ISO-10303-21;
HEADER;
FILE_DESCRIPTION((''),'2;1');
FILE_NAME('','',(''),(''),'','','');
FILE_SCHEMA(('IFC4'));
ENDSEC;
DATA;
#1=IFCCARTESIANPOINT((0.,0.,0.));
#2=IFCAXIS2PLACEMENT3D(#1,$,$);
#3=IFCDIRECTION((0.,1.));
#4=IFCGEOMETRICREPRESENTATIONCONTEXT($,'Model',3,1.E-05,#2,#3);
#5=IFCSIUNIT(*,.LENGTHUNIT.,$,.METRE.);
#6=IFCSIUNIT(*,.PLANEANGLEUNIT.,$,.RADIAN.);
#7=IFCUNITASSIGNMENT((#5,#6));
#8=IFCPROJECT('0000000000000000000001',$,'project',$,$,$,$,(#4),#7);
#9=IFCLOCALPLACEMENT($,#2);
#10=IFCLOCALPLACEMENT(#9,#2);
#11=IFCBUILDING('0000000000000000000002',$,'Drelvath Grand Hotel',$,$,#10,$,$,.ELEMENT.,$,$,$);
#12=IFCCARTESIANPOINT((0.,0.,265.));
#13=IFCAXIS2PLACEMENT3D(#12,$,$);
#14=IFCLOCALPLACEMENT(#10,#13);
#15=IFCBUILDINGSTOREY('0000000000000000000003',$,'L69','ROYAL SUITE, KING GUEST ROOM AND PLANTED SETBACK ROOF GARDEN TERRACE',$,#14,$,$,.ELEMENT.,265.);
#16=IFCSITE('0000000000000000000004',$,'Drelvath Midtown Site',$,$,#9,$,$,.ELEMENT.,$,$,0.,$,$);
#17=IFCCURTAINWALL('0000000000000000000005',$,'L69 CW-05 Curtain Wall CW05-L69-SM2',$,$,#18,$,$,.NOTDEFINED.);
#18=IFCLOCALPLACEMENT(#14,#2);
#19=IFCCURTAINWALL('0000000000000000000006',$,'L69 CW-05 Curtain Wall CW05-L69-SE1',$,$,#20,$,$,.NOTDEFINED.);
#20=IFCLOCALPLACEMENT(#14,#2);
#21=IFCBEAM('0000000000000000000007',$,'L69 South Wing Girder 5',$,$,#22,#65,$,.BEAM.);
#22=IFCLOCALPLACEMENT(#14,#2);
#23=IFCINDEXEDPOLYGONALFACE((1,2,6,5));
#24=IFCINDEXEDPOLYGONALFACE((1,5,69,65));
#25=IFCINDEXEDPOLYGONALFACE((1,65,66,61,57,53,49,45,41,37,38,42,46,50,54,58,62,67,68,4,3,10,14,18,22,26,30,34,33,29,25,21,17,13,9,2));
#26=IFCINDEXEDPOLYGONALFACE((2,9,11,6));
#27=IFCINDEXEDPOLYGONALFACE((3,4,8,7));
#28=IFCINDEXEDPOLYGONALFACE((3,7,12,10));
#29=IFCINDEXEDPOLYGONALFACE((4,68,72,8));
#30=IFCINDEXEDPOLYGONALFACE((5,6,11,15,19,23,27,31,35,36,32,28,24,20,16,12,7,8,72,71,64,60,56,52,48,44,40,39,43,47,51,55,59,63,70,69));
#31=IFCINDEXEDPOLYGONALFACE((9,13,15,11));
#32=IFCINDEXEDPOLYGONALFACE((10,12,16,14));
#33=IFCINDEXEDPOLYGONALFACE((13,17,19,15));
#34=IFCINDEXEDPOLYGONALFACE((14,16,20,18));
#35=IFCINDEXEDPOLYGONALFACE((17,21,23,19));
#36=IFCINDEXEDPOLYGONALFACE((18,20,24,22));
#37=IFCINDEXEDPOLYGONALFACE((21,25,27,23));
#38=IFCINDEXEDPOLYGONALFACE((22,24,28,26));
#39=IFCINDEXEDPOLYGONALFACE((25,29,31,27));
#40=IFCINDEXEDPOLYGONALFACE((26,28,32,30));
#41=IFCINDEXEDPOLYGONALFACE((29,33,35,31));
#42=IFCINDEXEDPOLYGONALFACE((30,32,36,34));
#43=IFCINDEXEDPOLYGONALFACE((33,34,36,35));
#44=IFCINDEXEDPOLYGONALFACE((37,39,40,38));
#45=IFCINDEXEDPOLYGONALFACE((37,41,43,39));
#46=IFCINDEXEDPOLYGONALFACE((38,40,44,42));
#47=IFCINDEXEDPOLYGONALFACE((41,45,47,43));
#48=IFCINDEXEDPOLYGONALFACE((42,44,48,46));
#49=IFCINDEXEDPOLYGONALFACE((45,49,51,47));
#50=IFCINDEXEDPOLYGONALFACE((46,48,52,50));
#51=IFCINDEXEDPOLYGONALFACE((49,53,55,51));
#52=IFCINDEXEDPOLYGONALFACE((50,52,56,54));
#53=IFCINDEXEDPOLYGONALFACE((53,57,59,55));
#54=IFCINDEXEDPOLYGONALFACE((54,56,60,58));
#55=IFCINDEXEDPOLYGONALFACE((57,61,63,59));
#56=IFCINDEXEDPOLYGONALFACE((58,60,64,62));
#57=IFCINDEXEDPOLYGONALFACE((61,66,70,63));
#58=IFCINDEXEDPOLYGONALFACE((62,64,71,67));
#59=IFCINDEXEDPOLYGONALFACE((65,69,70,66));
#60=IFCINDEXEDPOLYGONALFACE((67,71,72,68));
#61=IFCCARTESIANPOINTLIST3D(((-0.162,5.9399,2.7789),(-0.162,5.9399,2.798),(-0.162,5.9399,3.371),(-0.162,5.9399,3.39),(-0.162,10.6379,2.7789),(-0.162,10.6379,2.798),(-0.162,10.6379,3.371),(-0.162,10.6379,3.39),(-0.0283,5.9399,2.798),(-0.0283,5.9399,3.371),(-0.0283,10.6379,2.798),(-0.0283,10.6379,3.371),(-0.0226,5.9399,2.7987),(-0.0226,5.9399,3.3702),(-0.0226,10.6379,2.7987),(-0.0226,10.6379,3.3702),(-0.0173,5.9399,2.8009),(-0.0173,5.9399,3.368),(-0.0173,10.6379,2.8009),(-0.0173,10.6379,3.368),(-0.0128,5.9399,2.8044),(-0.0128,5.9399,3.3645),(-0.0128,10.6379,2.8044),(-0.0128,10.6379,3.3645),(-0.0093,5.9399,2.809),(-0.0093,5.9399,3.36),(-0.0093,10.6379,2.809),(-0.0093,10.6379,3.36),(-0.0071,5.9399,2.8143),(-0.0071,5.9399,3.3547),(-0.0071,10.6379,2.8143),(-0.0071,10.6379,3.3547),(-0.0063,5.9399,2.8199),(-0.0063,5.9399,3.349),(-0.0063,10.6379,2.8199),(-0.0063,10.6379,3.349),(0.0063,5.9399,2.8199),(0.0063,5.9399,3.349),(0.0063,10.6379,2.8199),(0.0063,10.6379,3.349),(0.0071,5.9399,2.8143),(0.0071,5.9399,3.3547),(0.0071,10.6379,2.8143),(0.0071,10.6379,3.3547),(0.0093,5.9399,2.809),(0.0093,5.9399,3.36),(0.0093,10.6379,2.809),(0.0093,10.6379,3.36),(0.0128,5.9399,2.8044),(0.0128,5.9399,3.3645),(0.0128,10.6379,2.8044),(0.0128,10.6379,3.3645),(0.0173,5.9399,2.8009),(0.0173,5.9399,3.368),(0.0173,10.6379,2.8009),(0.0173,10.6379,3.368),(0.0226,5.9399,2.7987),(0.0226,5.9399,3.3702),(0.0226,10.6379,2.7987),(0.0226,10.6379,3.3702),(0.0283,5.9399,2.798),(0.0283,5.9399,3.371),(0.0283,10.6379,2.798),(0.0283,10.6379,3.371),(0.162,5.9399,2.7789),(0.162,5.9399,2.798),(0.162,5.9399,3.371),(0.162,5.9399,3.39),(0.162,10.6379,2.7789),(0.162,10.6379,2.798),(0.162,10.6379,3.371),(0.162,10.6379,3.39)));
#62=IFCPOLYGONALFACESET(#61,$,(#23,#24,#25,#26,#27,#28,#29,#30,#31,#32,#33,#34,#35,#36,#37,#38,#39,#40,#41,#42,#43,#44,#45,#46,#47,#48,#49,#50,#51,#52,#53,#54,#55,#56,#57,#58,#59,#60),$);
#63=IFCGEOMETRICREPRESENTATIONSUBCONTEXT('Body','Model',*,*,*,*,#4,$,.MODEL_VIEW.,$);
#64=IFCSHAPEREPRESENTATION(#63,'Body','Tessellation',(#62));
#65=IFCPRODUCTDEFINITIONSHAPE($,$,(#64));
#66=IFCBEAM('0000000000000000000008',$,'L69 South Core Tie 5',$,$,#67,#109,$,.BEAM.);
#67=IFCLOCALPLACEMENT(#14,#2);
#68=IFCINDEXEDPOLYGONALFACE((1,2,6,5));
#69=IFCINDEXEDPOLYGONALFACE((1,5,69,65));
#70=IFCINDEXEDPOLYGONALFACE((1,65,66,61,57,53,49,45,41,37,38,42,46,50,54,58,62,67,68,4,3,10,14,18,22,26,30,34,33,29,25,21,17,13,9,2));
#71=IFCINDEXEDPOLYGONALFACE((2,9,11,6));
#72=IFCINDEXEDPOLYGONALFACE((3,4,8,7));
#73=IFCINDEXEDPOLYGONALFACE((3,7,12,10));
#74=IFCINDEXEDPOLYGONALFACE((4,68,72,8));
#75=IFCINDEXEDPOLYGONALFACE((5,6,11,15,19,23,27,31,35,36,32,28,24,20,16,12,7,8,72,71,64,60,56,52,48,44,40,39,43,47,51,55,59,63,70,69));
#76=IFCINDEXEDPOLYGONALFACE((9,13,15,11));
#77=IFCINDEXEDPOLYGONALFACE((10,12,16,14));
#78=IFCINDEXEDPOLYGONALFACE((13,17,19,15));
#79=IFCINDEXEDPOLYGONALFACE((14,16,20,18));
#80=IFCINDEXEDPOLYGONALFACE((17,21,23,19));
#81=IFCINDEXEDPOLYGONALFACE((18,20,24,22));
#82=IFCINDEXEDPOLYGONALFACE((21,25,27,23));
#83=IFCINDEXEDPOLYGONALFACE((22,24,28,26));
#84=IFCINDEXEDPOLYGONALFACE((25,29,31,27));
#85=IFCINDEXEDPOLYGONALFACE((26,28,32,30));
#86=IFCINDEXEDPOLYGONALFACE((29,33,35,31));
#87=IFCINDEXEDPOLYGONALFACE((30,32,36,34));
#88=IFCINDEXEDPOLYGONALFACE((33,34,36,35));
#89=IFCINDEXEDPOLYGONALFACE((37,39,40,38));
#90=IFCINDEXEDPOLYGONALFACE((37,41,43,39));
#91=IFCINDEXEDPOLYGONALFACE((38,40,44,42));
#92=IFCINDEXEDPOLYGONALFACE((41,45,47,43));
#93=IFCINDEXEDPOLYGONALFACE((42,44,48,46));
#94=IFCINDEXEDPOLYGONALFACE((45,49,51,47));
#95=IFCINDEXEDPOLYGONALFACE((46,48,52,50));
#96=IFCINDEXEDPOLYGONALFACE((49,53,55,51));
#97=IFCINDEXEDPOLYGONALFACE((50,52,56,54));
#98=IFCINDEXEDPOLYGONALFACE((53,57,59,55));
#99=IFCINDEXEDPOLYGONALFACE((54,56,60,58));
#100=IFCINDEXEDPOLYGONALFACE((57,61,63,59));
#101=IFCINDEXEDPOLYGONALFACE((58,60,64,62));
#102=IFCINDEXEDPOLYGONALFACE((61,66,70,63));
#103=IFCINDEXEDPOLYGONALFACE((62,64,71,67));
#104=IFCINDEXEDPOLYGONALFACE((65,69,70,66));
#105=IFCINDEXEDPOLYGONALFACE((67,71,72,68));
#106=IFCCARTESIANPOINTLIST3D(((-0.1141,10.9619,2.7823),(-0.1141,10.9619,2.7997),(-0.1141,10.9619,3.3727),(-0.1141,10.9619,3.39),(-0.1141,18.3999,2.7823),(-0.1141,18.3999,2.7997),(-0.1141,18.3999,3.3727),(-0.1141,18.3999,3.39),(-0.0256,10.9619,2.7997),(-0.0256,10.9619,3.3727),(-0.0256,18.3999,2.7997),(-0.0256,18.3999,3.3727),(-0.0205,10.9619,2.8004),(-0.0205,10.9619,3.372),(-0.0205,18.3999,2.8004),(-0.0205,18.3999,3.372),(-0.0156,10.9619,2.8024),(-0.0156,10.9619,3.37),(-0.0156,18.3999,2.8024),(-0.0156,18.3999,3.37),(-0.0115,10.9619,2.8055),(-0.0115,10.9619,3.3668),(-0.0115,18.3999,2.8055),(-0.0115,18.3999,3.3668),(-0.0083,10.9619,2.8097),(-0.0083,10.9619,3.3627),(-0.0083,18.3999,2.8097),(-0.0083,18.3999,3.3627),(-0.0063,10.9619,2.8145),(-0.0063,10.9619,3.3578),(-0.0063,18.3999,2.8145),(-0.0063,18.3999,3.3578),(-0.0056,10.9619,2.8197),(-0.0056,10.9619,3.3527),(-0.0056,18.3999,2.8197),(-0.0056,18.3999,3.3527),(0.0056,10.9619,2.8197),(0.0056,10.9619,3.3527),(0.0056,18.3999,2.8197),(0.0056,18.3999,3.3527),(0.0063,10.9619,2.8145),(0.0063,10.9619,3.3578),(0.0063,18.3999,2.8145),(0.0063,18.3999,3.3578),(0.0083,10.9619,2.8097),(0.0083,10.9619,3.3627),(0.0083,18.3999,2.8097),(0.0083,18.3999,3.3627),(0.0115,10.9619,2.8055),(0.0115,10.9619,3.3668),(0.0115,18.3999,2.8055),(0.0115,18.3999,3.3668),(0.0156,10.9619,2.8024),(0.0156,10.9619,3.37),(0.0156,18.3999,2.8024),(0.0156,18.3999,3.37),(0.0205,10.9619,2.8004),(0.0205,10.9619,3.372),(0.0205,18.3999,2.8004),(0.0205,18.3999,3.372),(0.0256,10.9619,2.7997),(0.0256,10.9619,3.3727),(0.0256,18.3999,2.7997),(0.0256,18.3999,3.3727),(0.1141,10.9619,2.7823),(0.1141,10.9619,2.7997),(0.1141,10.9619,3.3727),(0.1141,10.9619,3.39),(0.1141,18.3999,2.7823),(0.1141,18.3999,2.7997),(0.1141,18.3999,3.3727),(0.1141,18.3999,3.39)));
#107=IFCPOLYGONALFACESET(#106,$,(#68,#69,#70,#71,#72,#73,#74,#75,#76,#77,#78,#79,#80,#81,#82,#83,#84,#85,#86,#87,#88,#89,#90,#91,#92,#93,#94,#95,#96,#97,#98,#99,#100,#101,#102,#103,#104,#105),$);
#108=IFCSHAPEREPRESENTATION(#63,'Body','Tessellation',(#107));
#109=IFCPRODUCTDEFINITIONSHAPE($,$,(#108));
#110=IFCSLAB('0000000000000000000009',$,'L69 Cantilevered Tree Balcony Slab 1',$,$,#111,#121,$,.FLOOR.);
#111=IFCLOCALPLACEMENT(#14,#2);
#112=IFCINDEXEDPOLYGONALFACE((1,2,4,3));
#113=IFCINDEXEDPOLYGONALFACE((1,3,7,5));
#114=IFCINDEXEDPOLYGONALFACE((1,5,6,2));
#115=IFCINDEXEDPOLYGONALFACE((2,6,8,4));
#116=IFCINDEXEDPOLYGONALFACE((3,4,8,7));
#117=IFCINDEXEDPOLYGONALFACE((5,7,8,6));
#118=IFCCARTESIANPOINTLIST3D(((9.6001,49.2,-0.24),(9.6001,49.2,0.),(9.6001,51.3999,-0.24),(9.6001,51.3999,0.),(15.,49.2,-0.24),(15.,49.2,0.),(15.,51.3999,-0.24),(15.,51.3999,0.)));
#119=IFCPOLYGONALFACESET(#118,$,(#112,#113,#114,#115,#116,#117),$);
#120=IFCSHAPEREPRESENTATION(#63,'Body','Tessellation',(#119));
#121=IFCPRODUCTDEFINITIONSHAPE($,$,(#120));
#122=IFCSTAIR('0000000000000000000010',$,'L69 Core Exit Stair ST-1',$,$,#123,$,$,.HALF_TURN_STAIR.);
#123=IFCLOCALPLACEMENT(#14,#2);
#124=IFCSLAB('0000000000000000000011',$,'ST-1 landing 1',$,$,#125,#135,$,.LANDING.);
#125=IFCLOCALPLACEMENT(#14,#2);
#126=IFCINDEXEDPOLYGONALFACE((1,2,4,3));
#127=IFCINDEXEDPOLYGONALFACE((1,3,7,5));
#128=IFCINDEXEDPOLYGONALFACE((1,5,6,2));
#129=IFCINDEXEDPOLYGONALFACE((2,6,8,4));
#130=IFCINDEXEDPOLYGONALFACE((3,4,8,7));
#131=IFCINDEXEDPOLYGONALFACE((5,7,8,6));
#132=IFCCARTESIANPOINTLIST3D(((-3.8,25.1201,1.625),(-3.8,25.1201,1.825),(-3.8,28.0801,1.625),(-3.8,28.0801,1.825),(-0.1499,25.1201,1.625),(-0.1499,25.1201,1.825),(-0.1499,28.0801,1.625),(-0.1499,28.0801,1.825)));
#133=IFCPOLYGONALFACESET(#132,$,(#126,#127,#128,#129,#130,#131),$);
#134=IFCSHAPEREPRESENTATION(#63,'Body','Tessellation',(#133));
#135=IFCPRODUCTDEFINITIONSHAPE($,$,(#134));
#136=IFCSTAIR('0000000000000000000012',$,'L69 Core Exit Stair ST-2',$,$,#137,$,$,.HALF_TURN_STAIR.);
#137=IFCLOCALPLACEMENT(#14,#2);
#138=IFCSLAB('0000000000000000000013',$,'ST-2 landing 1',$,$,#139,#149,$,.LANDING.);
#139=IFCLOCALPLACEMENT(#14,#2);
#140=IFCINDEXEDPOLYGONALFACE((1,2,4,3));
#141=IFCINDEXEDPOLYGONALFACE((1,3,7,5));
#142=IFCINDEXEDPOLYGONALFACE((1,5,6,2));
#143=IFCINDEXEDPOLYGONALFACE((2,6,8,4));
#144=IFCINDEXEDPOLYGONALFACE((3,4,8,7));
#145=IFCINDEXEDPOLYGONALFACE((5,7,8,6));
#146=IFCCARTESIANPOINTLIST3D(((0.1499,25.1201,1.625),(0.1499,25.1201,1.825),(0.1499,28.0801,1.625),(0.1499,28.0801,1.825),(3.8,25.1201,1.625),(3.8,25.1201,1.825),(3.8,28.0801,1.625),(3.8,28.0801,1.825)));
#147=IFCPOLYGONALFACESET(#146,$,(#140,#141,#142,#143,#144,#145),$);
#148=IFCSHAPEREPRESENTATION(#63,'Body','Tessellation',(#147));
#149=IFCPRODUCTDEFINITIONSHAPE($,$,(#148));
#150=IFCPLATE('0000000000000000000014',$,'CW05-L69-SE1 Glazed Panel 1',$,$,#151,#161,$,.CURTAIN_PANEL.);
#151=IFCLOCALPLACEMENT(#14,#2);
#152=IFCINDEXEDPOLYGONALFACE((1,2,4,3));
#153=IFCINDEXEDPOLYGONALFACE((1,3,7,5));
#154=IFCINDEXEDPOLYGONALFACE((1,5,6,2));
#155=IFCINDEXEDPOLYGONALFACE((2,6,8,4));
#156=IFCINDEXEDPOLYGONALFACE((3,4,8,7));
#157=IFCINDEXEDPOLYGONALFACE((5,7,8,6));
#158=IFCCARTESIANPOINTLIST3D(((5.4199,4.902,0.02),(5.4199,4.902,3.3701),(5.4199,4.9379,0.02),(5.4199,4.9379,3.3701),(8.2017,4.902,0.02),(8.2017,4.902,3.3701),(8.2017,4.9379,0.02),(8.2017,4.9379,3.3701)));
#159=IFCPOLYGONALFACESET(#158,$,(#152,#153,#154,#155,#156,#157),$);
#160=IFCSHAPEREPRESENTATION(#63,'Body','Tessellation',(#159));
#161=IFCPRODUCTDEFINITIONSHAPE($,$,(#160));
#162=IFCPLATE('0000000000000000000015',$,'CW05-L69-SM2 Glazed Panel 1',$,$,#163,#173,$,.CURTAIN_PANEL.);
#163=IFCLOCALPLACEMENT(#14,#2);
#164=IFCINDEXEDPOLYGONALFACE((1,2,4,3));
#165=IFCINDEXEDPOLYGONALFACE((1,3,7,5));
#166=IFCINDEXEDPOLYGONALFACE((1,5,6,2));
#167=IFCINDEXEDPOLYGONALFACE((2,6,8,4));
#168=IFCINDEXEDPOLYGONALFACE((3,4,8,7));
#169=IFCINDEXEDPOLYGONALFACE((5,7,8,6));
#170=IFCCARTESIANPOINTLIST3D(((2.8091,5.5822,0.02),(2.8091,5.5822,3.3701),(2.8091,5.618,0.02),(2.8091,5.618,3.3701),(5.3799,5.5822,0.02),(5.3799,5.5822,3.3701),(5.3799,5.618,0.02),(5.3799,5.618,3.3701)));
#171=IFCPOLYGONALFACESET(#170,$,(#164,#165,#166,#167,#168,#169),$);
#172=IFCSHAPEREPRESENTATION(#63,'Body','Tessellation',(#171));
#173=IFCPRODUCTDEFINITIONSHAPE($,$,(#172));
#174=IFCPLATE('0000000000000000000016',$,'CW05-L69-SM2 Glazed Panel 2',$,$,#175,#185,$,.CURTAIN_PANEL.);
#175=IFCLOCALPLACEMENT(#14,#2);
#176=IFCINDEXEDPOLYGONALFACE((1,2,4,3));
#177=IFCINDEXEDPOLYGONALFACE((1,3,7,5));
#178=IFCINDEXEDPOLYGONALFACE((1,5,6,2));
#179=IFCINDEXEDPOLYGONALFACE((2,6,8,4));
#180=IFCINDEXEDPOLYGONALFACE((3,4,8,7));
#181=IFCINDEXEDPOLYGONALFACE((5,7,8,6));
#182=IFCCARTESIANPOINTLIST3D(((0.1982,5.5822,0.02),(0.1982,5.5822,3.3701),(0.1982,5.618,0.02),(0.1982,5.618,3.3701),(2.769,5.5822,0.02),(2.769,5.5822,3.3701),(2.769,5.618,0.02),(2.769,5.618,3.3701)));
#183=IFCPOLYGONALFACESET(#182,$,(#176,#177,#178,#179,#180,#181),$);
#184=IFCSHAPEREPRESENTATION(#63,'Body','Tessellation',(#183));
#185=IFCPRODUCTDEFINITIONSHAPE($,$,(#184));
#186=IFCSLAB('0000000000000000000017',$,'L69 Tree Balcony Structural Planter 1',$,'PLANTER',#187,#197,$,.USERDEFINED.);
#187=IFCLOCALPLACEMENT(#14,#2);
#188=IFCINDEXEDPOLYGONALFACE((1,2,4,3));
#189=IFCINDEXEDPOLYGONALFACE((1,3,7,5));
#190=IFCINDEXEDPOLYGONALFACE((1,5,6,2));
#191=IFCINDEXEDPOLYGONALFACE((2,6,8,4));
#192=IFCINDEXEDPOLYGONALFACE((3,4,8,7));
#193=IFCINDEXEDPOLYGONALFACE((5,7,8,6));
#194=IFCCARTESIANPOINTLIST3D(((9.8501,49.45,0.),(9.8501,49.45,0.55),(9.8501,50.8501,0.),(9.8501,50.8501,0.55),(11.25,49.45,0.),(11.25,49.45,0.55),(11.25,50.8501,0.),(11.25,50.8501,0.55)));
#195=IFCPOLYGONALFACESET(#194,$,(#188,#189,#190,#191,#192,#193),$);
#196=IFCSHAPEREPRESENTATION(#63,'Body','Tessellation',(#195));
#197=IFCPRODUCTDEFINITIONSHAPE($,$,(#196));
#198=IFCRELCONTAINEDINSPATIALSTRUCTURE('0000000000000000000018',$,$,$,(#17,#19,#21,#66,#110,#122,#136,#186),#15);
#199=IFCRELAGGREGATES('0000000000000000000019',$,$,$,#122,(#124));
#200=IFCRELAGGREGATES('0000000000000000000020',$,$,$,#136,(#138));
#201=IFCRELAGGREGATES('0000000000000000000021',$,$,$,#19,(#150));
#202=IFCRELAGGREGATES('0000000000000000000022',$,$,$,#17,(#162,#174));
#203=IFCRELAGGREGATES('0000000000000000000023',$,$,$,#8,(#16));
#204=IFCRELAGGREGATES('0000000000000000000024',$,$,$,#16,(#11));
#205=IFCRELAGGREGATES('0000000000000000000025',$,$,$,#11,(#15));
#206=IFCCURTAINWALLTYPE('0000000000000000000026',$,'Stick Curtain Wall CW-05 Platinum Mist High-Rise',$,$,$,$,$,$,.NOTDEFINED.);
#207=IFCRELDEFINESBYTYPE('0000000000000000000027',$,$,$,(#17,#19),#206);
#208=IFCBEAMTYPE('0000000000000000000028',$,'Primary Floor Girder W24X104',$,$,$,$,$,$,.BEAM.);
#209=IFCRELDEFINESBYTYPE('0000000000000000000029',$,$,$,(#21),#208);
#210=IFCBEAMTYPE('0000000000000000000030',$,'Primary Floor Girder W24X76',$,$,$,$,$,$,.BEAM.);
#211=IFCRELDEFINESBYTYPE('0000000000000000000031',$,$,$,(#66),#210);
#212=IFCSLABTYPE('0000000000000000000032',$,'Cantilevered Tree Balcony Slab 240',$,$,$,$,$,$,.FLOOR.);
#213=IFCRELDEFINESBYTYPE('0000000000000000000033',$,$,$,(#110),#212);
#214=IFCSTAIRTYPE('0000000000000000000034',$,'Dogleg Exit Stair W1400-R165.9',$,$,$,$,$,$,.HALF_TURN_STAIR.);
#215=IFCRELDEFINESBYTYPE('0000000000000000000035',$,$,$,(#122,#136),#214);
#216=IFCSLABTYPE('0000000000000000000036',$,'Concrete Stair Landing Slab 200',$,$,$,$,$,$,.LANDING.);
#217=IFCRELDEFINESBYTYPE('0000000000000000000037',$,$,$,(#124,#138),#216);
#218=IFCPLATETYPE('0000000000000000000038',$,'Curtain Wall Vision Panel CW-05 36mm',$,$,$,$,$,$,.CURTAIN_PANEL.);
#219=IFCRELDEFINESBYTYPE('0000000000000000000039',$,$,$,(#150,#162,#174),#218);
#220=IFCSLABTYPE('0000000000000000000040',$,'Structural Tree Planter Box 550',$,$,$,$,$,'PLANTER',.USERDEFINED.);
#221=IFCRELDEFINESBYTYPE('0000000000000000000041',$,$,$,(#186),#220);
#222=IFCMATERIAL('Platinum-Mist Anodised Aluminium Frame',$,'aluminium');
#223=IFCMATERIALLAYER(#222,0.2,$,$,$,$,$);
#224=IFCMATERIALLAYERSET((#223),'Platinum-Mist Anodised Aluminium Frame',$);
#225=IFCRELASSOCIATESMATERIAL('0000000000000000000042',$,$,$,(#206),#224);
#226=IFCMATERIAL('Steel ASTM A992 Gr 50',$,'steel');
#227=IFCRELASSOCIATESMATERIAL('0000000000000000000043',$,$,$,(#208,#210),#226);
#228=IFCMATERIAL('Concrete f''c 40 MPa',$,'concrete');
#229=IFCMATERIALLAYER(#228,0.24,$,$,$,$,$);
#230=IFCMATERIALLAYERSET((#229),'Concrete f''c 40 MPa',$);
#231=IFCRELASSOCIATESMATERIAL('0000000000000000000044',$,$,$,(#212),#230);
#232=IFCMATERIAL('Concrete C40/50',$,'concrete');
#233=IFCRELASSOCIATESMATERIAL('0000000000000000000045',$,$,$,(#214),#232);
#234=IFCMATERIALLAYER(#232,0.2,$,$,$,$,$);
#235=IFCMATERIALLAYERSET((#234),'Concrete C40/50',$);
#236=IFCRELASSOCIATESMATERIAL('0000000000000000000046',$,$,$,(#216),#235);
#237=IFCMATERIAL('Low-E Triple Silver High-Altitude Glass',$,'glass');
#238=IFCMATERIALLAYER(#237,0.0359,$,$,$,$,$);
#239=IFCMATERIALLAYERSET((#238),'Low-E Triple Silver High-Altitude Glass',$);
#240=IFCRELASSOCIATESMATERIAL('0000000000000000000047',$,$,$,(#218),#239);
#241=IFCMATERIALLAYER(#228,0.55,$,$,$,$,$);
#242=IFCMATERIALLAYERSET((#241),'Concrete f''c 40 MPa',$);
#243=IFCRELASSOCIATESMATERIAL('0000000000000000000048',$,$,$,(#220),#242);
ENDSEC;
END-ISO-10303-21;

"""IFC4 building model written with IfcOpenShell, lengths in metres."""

from ifc_helpers import new_model, si_unit, direction, frame, origin, origin_2d, place, context, subcontext, project, spatial, polyline, rectangle, i_section, outline, extrude, material, layer, layer_set, material_profile, profile_set, type_object, element, aggregate, save


model = new_model("IFC4")

# Units and contexts
model_context = context("Model", 3, precision=1e-05, world=origin(), true_north=direction((0.0, 1.0)))
body_context = subcontext(model_context, "Body", "Model", "MODEL_VIEW")
ifc_project = project(units=[si_unit("LENGTHUNIT", "METRE"), si_unit("PLANEANGLEUNIT", "RADIAN")], contexts=[model_context])

# Site, building, storey
site_placement = place(None, origin())
site = spatial("IfcSite", under=ifc_project, at=site_placement, Name="Drelvath Midtown Site", CompositionType="ELEMENT", RefElevation=0.0)
building_placement = place(site_placement, origin())
building = spatial("IfcBuilding", under=site, at=building_placement, Name="Drelvath Grand Hotel", CompositionType="ELEMENT")
storey_placement = place(building_placement, frame((0.0, 0.0, 265.0)))
storey = spatial("IfcBuildingStorey", under=building, at=storey_placement, Name="L69", Description="ROYAL SUITE, KING GUEST ROOM AND PLANTED SETBACK ROOF GARDEN TERRACE", CompositionType="ELEMENT", Elevation=265.0)

# Curtain walls
ifc_material_1 = material(Name="Platinum-Mist Anodised Aluminium Frame", Category="aluminium")
ifc_layer_1 = layer(ifc_material_1, 0.2)
ifc_layer_set_1 = layer_set([ifc_layer_1], Name="Platinum-Mist Anodised Aluminium Frame")
curtain_wall_type = type_object("IfcCurtainWallType", Name="Stick Curtain Wall CW-05 Platinum Mist High-Rise", PredefinedType="NOTDEFINED", material=ifc_layer_set_1)
curtain_wall_1_placement = place(storey_placement, origin())
curtain_wall_1 = element("IfcCurtainWall", 1, at=curtain_wall_1_placement, inside=storey, type_object=curtain_wall_type, Name="L69 CW-05 Curtain Wall CW05-L69-SM2", PredefinedType="NOTDEFINED")
curtain_wall_2_placement = place(storey_placement, origin())
curtain_wall_2 = element("IfcCurtainWall", 2, at=curtain_wall_2_placement, inside=storey, type_object=curtain_wall_type, Name="L69 CW-05 Curtain Wall CW05-L69-SE1", PredefinedType="NOTDEFINED")

# Beams
ifc_material_2 = material(Name="Steel ASTM A992 Gr 50", Category="steel")
ifc_material_profile_1 = material_profile(ifc_material_2, i_section(OverallWidth=0.324, OverallDepth=0.6111, WebThickness=0.0127, FlangeThickness=0.019, FilletRadius=0.022, at=origin_2d()), Name="W24X104")
ifc_profile_set_1 = profile_set([ifc_material_profile_1], Name="Steel ASTM A992 Gr 50")
beam_type_1 = type_object("IfcBeamType", Name="Primary Floor Girder W24X104", PredefinedType="BEAM", material=ifc_profile_set_1)
beam_1_placement = place(storey_placement, frame((0.0, 5.9399, 3.0845), z_axis=(0.0, 1.0, 0.0), x_axis=(-1.0, 0.0, 0.0)))
element("IfcBeam", 3, at=beam_1_placement, inside=storey, type_object=beam_type_1, Name="L69 South Wing Girder 5", PredefinedType="BEAM", context=body_context, shape_type="SweptSolid", body=[
    extrude(i_section(OverallWidth=0.324, OverallDepth=0.6111, WebThickness=0.0127, FlangeThickness=0.019, FilletRadius=0.022, at=origin_2d()), origin(), (0.0, 0.0, 1.0), 4.698),
])
ifc_material_profile_2 = material_profile(ifc_material_2, i_section(OverallWidth=0.2283, OverallDepth=0.6077, WebThickness=0.0112, FlangeThickness=0.0173, FilletRadius=0.02, at=origin_2d()), Name="W24X76")
ifc_profile_set_2 = profile_set([ifc_material_profile_2], Name="Steel ASTM A992 Gr 50")
beam_type_2 = type_object("IfcBeamType", Name="Primary Floor Girder W24X76", PredefinedType="BEAM", material=ifc_profile_set_2)
beam_2_placement = place(storey_placement, frame((0.0, 10.9619, 3.0862), z_axis=(0.0, 1.0, 0.0), x_axis=(-1.0, 0.0, 0.0)))
element("IfcBeam", 4, at=beam_2_placement, inside=storey, type_object=beam_type_2, Name="L69 South Core Tie 5", PredefinedType="BEAM", context=body_context, shape_type="SweptSolid", body=[
    extrude(i_section(OverallWidth=0.2283, OverallDepth=0.6077, WebThickness=0.0112, FlangeThickness=0.0173, FilletRadius=0.02, at=origin_2d()), origin(), (0.0, 0.0, 1.0), 7.438),
])

# Slab
ifc_material_3 = material(Name="Concrete f'c 40 MPa", Category="concrete")
ifc_layer_2 = layer(ifc_material_3, 0.24)
ifc_layer_set_2 = layer_set([ifc_layer_2], Name="Concrete f'c 40 MPa")
slab_type_1 = type_object("IfcSlabType", Name="Cantilevered Tree Balcony Slab 240", PredefinedType="FLOOR", material=ifc_layer_set_2)
slab_1_placement = place(storey_placement, frame((0.0, 0.0, -0.24)))
element("IfcSlab", 5, at=slab_1_placement, inside=storey, type_object=slab_type_1, Name="L69 Cantilevered Tree Balcony Slab 1", PredefinedType="FLOOR", context=body_context, shape_type="SweptSolid", body=[
    extrude(outline(polyline([(9.6001, 49.2), (15.0, 49.2), (15.0, 51.3999), (9.6001, 51.3999), (9.6001, 49.2)])), origin(), (0.0, 0.0, 1.0), 0.24),
])

# Stairs, slabs
ifc_material_4 = material(Name="Concrete C40/50", Category="concrete")
stair_type = type_object("IfcStairType", Name="Dogleg Exit Stair W1400-R165.9", PredefinedType="HALF_TURN_STAIR", material=ifc_material_4)
stair_1_placement = place(storey_placement, origin())
stair_1 = element("IfcStair", 6, at=stair_1_placement, inside=storey, type_object=stair_type, Name="L69 Core Exit Stair ST-1", PredefinedType="HALF_TURN_STAIR")
ifc_layer_3 = layer(ifc_material_4, 0.2)
ifc_layer_set_3 = layer_set([ifc_layer_3], Name="Concrete C40/50")
slab_type_2 = type_object("IfcSlabType", Name="Concrete Stair Landing Slab 200", PredefinedType="LANDING", material=ifc_layer_set_3)
slab_2_placement = place(storey_placement, frame((0.0, 0.0, 1.625)))
slab_2 = element("IfcSlab", 7, at=slab_2_placement, type_object=slab_type_2, Name="ST-1 landing 1", PredefinedType="LANDING", context=body_context, shape_type="SweptSolid", body=[
    extrude(outline(polyline([(-3.8, 25.1201), (-0.1499, 25.1201), (-0.1499, 28.0801), (-3.8, 28.0801), (-3.8, 25.1201)])), origin(), (0.0, 0.0, 1.0), 0.2),
])
aggregate(stair_1, [slab_2])
stair_2_placement = place(storey_placement, origin())
stair_2 = element("IfcStair", 8, at=stair_2_placement, inside=storey, type_object=stair_type, Name="L69 Core Exit Stair ST-2", PredefinedType="HALF_TURN_STAIR")
slab_3_placement = place(storey_placement, frame((0.0, 0.0, 1.625)))
slab_3 = element("IfcSlab", 9, at=slab_3_placement, type_object=slab_type_2, Name="ST-2 landing 1", PredefinedType="LANDING", context=body_context, shape_type="SweptSolid", body=[
    extrude(outline(polyline([(3.8, 28.0801), (0.1499, 28.0801), (0.1499, 25.1201), (3.8, 25.1201), (3.8, 28.0801)])), origin(), (0.0, 0.0, 1.0), 0.2),
])
aggregate(stair_2, [slab_3])

# Plates
ifc_material_5 = material(Name="Low-E Triple Silver High-Altitude Glass", Category="glass")
ifc_layer_4 = layer(ifc_material_5, 0.0359)
ifc_layer_set_4 = layer_set([ifc_layer_4], Name="Low-E Triple Silver High-Altitude Glass")
plate_type = type_object("IfcPlateType", Name="Curtain Wall Vision Panel CW-05 36mm", PredefinedType="CURTAIN_PANEL", material=ifc_layer_set_4)
plate_1_placement = place(storey_placement, frame((6.8108, 4.9199, 0.02), z_axis=(0.0, 0.0, 1.0), x_axis=(-1.0, 0.0, 0.0)))
plate_1 = element("IfcPlate", 10, at=plate_1_placement, type_object=plate_type, Name="CW05-L69-SE1 Glazed Panel 1", PredefinedType="CURTAIN_PANEL", context=body_context, shape_type="SweptSolid", body=[
    extrude(rectangle(XDim=2.7817, YDim=0.0359, at=origin_2d()), origin(), (0.0, 0.0, 1.0), 3.3501),
])
aggregate(curtain_wall_2, [plate_1])
plate_2_placement = place(storey_placement, frame((4.0945, 5.6001, 0.02), z_axis=(0.0, 0.0, 1.0), x_axis=(-1.0, 0.0, 0.0)))
plate_2 = element("IfcPlate", 11, at=plate_2_placement, type_object=plate_type, Name="CW05-L69-SM2 Glazed Panel 1", PredefinedType="CURTAIN_PANEL", context=body_context, shape_type="SweptSolid", body=[
    extrude(rectangle(XDim=2.5708, YDim=0.0359, at=origin_2d()), origin(), (0.0, 0.0, 1.0), 3.3501),
])
plate_3_placement = place(storey_placement, frame((1.4836, 5.6001, 0.02), z_axis=(0.0, 0.0, 1.0), x_axis=(-1.0, 0.0, 0.0)))
plate_3 = element("IfcPlate", 12, at=plate_3_placement, type_object=plate_type, Name="CW05-L69-SM2 Glazed Panel 2", PredefinedType="CURTAIN_PANEL", context=body_context, shape_type="SweptSolid", body=[
    extrude(rectangle(XDim=2.5708, YDim=0.0359, at=origin_2d()), origin(), (0.0, 0.0, 1.0), 3.3501),
])
aggregate(curtain_wall_1, [plate_2, plate_3])

# Slab
ifc_layer_5 = layer(ifc_material_3, 0.55)
ifc_layer_set_5 = layer_set([ifc_layer_5], Name="Concrete f'c 40 MPa")
slab_type_3 = type_object("IfcSlabType", Name="Structural Tree Planter Box 550", ElementType="PLANTER", PredefinedType="USERDEFINED", material=ifc_layer_set_5)
slab_4_placement = place(storey_placement, origin())
element("IfcSlab", 13, at=slab_4_placement, inside=storey, type_object=slab_type_3, Name="L69 Tree Balcony Structural Planter 1", ObjectType="PLANTER", PredefinedType="USERDEFINED", context=body_context, shape_type="SweptSolid", body=[
    extrude(outline(polyline([(9.8501, 49.45), (11.25, 49.45), (11.25, 50.8501), (9.8501, 50.8501), (9.8501, 49.45)])), origin(), (0.0, 0.0, 1.0), 0.55),
])

save(model, "model.ifc")
